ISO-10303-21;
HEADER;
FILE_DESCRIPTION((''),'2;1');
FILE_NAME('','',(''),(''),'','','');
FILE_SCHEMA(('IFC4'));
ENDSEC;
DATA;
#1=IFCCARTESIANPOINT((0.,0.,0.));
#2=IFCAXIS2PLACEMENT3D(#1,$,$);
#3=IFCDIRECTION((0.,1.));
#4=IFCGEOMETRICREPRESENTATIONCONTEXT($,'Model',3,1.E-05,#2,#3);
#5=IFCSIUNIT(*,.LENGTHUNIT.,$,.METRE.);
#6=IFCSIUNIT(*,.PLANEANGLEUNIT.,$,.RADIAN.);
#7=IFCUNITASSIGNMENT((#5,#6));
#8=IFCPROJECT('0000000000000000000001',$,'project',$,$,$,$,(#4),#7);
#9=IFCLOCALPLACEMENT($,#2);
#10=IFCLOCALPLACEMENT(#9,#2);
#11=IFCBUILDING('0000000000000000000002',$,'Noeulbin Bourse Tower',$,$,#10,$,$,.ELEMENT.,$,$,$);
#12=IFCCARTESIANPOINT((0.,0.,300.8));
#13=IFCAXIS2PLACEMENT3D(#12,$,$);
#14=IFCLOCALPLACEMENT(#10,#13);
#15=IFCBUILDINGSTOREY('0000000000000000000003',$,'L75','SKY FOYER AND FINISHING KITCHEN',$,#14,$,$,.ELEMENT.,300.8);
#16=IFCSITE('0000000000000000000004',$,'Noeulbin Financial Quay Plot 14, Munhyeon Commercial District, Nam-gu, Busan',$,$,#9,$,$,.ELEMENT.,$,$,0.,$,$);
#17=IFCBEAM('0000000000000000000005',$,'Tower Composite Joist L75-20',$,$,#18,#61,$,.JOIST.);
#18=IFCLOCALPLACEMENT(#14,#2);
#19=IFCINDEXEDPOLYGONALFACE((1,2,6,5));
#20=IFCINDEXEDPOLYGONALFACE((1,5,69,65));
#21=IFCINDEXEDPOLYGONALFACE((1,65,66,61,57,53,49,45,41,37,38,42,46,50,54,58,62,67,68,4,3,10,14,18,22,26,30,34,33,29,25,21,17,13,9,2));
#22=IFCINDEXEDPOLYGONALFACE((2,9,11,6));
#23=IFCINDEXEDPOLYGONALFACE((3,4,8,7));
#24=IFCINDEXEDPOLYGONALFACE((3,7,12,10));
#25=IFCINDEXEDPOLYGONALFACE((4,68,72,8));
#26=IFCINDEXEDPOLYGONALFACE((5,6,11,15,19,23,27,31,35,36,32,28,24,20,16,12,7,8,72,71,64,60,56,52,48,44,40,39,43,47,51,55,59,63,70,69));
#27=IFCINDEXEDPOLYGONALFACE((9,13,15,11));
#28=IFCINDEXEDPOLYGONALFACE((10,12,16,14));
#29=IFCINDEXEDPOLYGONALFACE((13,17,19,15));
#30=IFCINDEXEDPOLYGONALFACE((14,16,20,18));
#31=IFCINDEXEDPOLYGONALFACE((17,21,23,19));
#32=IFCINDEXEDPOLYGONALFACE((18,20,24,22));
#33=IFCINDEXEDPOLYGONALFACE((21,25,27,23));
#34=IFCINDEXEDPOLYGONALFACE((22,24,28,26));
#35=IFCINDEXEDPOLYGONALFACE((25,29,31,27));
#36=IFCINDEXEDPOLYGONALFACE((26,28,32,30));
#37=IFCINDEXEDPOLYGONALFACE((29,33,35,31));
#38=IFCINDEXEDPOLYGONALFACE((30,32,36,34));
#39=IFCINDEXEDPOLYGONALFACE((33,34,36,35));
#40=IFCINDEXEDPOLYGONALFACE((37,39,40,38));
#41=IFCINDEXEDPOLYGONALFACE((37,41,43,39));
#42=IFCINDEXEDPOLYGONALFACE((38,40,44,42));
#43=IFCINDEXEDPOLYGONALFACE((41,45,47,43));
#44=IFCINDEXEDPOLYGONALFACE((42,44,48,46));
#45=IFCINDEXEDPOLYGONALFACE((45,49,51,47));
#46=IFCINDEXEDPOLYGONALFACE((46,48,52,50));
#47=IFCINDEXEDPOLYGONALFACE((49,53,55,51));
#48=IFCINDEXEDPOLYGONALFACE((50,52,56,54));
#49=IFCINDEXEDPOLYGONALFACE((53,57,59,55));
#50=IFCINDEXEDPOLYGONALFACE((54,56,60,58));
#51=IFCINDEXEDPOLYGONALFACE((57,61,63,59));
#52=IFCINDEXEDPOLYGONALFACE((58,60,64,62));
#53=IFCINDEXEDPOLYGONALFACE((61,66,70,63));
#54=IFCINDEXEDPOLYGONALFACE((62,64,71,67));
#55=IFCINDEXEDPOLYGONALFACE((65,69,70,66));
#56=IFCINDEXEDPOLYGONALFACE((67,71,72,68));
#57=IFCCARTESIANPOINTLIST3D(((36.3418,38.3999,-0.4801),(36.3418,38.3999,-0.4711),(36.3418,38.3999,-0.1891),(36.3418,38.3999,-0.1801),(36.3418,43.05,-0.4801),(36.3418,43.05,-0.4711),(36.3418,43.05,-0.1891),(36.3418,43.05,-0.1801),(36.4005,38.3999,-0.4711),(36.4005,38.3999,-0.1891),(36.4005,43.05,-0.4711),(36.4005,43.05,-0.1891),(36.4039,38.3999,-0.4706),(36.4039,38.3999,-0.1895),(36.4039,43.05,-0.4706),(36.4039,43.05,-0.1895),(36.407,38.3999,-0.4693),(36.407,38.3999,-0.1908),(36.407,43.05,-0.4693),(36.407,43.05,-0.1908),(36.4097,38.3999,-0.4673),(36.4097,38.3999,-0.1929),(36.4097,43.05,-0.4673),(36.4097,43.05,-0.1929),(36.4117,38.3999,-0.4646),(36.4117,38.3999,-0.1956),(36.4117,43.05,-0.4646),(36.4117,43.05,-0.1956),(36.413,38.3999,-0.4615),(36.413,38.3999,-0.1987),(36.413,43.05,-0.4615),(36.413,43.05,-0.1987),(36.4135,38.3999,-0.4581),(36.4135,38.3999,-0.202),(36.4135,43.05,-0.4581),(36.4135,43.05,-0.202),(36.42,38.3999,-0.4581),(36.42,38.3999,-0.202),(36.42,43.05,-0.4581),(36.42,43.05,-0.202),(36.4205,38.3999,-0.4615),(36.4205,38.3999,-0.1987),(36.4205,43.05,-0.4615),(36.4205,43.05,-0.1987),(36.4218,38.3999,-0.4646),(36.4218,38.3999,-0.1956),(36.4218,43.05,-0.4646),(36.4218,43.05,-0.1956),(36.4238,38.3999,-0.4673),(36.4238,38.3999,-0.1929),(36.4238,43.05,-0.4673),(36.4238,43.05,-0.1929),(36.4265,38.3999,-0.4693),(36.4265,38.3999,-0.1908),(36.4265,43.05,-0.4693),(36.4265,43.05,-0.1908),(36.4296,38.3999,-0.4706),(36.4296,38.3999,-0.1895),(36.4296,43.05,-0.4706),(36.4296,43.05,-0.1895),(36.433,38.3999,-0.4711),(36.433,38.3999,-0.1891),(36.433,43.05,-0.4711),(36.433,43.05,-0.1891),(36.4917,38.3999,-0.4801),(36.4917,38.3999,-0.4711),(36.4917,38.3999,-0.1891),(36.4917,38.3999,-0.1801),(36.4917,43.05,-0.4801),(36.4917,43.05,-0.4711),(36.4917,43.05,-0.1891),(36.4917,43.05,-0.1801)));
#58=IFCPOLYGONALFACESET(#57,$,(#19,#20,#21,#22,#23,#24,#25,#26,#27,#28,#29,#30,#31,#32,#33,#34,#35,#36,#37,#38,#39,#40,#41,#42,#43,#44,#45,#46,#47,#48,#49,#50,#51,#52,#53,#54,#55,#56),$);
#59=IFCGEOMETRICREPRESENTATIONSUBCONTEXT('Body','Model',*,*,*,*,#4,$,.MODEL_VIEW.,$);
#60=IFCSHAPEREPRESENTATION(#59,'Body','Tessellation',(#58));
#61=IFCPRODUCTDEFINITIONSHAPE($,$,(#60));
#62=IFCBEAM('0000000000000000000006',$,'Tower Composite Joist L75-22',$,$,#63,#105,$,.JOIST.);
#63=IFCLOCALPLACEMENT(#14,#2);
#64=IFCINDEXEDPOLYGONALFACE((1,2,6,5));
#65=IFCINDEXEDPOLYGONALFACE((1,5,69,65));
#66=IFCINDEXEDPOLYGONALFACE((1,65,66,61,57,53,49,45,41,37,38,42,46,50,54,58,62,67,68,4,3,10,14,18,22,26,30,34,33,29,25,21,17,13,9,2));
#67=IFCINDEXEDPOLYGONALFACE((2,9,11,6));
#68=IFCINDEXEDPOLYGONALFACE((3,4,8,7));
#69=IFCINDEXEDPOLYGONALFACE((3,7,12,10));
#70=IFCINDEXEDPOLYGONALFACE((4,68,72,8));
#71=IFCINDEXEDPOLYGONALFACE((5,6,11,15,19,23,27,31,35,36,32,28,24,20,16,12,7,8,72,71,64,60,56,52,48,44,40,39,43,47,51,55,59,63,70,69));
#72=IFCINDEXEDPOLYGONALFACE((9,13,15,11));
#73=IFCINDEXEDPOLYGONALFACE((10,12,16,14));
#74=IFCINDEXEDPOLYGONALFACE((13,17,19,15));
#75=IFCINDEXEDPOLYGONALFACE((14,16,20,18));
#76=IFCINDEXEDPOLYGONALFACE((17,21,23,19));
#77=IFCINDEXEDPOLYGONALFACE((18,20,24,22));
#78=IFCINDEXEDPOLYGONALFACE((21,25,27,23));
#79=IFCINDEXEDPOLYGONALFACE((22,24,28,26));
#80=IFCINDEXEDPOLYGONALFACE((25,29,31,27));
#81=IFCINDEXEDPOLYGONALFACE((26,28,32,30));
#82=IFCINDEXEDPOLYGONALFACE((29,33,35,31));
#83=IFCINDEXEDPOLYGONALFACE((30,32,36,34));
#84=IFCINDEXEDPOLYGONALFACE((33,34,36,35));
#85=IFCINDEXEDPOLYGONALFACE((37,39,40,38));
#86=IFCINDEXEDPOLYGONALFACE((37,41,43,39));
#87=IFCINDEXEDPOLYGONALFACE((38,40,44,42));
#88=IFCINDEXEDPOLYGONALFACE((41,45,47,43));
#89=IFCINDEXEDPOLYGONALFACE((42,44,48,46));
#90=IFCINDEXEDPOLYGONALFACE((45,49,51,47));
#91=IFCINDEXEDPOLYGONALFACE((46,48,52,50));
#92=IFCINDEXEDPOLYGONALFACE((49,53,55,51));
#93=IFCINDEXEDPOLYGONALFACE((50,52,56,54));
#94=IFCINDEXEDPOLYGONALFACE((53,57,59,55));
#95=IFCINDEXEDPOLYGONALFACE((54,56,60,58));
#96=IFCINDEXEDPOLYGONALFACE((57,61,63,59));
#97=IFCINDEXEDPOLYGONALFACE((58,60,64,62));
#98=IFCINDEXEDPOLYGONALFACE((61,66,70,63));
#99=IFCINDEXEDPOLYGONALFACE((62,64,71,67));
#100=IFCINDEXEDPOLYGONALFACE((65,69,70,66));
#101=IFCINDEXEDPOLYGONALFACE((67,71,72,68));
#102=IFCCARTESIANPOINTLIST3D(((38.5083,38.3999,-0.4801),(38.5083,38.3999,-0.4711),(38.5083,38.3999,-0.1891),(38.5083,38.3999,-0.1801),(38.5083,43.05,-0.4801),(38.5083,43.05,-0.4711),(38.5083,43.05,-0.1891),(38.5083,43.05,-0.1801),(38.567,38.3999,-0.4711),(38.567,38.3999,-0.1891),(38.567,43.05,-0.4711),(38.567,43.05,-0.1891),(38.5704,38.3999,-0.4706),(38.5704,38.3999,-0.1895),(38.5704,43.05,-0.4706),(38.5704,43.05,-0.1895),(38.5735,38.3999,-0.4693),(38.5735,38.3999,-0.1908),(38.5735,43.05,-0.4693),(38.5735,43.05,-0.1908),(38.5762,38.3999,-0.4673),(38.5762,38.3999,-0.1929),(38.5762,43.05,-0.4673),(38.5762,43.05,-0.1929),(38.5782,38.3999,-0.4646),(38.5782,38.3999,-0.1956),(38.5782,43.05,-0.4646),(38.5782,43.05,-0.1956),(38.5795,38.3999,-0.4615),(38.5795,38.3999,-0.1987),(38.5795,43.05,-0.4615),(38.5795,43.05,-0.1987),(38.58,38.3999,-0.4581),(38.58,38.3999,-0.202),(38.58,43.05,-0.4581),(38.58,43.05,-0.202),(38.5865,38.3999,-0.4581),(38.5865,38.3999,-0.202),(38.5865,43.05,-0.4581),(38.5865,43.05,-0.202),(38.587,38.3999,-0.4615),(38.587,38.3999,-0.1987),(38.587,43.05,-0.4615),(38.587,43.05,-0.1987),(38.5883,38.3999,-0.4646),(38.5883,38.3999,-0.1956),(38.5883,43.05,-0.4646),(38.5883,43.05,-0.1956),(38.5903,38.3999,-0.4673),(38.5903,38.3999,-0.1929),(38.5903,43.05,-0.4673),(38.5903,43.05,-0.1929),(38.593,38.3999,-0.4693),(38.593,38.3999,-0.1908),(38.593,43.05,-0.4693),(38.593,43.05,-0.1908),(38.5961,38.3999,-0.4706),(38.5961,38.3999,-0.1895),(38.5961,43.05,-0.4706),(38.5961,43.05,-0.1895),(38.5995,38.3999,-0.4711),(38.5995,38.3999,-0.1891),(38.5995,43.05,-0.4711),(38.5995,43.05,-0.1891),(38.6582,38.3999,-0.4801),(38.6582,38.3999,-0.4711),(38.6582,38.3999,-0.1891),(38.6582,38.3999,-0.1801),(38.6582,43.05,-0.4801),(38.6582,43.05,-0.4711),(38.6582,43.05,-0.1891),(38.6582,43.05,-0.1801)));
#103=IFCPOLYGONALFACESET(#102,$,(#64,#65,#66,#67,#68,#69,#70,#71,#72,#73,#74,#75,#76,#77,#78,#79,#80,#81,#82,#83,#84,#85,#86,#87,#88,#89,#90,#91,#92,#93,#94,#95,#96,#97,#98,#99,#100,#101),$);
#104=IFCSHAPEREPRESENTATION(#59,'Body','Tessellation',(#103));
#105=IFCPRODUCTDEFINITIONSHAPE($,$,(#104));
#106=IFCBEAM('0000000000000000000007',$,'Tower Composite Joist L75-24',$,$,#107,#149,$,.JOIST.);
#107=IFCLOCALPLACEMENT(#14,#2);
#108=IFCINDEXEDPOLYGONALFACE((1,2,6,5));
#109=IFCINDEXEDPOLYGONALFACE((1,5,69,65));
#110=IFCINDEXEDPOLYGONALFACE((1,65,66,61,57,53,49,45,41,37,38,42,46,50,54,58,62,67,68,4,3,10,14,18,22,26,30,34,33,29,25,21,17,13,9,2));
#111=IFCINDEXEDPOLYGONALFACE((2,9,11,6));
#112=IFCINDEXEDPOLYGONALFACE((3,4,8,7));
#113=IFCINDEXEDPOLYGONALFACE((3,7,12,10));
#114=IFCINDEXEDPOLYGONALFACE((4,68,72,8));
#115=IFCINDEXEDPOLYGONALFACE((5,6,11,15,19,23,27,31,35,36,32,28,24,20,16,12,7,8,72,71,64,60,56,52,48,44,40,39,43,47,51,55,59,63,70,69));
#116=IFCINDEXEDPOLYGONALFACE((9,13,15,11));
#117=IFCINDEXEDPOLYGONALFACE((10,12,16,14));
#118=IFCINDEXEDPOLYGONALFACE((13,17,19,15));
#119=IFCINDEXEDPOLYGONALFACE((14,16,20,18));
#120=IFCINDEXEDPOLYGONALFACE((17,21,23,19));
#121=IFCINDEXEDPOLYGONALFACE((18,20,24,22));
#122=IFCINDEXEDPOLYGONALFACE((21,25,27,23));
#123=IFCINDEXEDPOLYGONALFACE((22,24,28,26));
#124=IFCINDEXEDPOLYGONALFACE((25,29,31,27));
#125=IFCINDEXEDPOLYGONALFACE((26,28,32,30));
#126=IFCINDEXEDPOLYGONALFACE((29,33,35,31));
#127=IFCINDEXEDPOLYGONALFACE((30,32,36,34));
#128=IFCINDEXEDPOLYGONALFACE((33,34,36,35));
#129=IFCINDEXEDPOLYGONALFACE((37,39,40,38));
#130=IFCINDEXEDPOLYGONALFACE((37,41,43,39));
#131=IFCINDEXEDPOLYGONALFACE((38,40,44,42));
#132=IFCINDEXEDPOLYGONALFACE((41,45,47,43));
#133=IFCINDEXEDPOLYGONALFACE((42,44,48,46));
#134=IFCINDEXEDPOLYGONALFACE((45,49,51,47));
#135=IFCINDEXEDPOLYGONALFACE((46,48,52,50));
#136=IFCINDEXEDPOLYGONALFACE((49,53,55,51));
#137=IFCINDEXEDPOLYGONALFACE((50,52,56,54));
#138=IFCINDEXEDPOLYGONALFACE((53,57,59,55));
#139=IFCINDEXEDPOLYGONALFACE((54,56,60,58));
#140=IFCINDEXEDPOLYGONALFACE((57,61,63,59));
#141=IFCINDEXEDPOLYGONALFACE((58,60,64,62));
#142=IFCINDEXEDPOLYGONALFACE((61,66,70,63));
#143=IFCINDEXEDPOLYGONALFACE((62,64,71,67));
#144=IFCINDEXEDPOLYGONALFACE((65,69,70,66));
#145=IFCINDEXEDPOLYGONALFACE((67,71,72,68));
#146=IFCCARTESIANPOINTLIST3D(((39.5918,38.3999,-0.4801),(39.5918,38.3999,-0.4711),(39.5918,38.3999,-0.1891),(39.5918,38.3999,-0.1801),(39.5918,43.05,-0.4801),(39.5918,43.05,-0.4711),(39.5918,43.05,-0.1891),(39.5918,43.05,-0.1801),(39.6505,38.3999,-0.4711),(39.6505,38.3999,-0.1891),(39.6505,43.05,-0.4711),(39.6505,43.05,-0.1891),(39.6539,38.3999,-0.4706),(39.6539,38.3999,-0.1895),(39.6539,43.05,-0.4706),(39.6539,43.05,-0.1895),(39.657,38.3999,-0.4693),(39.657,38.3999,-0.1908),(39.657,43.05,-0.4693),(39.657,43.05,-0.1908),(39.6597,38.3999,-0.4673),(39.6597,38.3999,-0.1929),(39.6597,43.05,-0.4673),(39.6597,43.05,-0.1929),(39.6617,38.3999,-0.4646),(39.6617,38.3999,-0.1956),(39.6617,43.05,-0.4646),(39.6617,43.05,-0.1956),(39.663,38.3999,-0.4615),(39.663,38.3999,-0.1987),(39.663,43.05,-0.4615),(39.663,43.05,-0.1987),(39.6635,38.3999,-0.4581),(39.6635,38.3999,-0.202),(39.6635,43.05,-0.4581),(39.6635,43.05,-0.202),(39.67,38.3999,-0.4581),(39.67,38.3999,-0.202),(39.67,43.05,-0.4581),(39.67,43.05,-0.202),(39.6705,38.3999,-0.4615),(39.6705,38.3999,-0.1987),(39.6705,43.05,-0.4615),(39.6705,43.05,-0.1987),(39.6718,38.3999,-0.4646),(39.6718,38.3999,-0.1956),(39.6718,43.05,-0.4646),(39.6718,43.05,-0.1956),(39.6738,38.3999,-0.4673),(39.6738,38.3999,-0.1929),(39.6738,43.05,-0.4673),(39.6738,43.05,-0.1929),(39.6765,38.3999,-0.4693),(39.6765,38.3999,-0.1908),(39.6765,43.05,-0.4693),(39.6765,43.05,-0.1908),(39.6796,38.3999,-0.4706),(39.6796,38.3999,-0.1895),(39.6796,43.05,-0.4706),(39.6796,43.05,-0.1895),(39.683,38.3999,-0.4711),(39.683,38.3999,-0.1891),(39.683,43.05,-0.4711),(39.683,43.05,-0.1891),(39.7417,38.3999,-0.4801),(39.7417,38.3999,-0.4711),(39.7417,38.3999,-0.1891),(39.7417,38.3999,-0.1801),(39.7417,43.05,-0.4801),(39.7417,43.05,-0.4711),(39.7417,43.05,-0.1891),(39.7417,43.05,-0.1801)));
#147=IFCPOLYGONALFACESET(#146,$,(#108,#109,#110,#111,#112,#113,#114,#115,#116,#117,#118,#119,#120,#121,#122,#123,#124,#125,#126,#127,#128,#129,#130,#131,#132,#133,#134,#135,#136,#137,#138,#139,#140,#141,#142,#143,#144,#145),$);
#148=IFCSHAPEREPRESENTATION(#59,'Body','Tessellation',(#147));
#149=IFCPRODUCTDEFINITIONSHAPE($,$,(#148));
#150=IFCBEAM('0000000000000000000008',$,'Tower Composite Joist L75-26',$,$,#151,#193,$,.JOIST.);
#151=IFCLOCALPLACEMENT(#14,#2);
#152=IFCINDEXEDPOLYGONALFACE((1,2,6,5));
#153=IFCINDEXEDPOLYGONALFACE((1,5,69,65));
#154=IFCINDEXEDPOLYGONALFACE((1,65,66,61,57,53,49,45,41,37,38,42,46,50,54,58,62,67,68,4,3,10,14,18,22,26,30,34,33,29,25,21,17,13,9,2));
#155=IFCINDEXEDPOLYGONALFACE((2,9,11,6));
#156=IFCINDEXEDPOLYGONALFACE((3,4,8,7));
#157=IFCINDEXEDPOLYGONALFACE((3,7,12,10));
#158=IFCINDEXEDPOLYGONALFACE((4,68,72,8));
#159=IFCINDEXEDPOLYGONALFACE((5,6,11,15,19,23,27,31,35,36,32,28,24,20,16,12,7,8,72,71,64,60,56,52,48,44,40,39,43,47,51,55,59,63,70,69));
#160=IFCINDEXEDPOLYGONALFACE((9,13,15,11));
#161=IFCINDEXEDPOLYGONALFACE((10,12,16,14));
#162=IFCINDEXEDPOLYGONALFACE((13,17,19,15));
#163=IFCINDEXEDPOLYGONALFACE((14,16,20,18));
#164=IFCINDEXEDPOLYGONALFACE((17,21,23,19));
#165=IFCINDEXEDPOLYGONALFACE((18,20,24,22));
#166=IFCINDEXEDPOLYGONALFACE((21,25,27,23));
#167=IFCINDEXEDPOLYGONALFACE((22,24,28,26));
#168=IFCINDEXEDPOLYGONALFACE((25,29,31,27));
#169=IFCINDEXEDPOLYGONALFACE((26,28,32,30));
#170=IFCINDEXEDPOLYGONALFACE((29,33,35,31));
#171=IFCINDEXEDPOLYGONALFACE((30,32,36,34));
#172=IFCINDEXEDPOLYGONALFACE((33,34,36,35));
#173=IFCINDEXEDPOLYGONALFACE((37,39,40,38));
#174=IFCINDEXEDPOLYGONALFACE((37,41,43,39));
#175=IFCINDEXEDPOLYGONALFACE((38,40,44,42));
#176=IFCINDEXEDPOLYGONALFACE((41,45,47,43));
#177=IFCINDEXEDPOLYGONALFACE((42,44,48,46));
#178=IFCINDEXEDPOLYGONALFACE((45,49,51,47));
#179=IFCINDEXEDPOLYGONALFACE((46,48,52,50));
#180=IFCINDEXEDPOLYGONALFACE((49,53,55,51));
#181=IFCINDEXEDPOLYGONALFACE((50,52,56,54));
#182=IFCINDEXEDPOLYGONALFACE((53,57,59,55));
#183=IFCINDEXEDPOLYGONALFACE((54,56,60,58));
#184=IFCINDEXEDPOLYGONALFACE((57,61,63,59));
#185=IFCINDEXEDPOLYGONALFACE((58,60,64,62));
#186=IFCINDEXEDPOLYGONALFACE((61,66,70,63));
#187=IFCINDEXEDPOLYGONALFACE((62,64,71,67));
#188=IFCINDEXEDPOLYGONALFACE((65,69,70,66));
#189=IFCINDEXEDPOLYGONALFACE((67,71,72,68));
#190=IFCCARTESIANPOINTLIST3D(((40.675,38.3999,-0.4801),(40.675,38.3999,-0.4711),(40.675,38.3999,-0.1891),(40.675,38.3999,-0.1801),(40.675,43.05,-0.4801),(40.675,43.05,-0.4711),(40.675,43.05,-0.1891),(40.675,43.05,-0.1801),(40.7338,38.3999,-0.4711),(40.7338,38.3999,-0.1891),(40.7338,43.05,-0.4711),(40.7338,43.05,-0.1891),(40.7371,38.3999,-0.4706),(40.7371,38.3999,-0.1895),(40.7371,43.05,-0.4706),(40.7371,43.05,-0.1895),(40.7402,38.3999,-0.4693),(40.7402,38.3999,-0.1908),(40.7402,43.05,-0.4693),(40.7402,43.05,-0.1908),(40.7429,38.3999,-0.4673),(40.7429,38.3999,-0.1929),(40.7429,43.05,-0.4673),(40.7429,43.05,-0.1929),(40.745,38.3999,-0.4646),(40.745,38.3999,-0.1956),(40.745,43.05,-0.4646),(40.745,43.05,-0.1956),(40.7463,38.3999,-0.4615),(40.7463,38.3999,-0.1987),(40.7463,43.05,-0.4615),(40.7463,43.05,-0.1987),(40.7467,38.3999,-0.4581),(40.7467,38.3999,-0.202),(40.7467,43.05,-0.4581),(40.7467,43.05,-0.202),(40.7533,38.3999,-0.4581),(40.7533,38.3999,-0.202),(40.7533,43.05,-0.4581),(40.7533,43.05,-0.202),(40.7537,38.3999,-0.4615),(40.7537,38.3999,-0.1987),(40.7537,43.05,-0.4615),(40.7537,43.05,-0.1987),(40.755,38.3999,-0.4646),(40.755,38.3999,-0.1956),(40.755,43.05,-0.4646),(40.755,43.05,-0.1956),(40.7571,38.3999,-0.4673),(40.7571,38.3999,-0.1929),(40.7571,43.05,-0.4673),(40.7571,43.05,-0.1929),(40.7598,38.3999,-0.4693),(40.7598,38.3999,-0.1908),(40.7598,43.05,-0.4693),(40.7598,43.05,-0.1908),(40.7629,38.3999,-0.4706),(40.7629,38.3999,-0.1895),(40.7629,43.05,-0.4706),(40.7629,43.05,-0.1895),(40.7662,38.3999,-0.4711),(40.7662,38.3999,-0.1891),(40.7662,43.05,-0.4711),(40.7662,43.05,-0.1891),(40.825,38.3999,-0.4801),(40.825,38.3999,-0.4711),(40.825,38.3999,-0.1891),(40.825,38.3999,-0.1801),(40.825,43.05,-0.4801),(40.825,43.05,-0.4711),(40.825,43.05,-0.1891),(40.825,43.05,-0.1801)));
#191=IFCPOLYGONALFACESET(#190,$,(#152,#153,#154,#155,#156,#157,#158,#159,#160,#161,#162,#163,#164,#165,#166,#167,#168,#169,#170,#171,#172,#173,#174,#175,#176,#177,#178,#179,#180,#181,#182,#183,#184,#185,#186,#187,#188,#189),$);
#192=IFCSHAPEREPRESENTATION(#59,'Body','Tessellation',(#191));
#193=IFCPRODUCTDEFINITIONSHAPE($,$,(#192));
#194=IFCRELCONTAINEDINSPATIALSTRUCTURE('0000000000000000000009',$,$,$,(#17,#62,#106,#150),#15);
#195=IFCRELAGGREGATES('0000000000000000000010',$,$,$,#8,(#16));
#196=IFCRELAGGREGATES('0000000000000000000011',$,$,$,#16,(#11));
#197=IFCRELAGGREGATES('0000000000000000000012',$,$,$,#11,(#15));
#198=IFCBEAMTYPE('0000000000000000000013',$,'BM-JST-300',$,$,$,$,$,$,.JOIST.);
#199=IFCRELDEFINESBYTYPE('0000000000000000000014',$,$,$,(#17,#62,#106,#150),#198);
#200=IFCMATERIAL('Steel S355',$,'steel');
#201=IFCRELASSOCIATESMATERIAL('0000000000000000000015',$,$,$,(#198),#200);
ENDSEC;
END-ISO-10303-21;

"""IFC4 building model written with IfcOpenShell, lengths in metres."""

from ifc_helpers import new_model, si_unit, direction, frame, origin, origin_2d, place, context, subcontext, project, spatial, i_section, extrude, material, material_profile, profile_set, type_object, element, save


model = new_model("IFC4")

# Units and contexts
model_context = context("Model", 3, precision=1e-05, world=origin(), true_north=direction((0.0, 1.0)))
body_context = subcontext(model_context, "Body", "Model", "MODEL_VIEW")
ifc_project = project(units=[si_unit("LENGTHUNIT", "METRE"), si_unit("PLANEANGLEUNIT", "RADIAN")], contexts=[model_context])

# Site, building, storey
site_placement = place(None, origin())
site = spatial("IfcSite", under=ifc_project, at=site_placement, Name="Noeulbin Financial Quay Plot 14, Munhyeon Commercial District, Nam-gu, Busan", CompositionType="ELEMENT", RefElevation=0.0)
building_placement = place(site_placement, origin())
building = spatial("IfcBuilding", under=site, at=building_placement, Name="Noeulbin Bourse Tower", CompositionType="ELEMENT")
storey_placement = place(building_placement, frame((0.0, 0.0, 300.8)))
storey = spatial("IfcBuildingStorey", under=building, at=storey_placement, Name="L75", Description="SKY FOYER AND FINISHING KITCHEN", CompositionType="ELEMENT", Elevation=300.8)

# Shared definitions
ifc_material_1 = material(Name="Steel S355", Category="steel")

# Beams
ifc_material_profile_1 = material_profile(ifc_material_1, i_section(OverallWidth=0.1499, OverallDepth=0.3, WebThickness=0.0066, FlangeThickness=0.009, FilletRadius=0.0129, at=origin_2d()), Name="H-300x150x6.5x9", Category="LoadBearing")
ifc_profile_set_1 = profile_set([ifc_material_profile_1], Name="Steel S355")
beam_type_1 = type_object("IfcBeamType", Name="BM-JST-300", PredefinedType="JOIST", material=ifc_profile_set_1)
for number, where, z_axis, x_axis, name in (
    (1, (36.4167, 38.3999, -0.3301), (0.0, 1.0, 0.0), (-1.0, 0.0, 0.0), "Tower Composite Joist L75-20"),
    (2, (38.5833, 38.3999, -0.3301), (0.0, 1.0, 0.0), (-1.0, 0.0, 0.0), "Tower Composite Joist L75-22"),
    (3, (39.6667, 38.3999, -0.3301), (0.0, 1.0, 0.0), (-1.0, 0.0, 0.0), "Tower Composite Joist L75-24"),
    (4, (40.75, 38.3999, -0.3301), (0.0, 1.0, 0.0), (-1.0, 0.0, 0.0), "Tower Composite Joist L75-26"),
):
    element("IfcBeam", number, at=place(storey_placement, frame(where, z_axis=z_axis, x_axis=x_axis)), inside=storey, type_object=beam_type_1, Name=name, PredefinedType="JOIST", context=body_context, shape_type="SweptSolid", body=[
        extrude(i_section(OverallWidth=0.1499, OverallDepth=0.3, WebThickness=0.0066, FlangeThickness=0.009, FilletRadius=0.0129, at=origin_2d()), origin(), (0.0, 0.0, 1.0), 4.6501),
    ])

save(model, "model.ifc")
